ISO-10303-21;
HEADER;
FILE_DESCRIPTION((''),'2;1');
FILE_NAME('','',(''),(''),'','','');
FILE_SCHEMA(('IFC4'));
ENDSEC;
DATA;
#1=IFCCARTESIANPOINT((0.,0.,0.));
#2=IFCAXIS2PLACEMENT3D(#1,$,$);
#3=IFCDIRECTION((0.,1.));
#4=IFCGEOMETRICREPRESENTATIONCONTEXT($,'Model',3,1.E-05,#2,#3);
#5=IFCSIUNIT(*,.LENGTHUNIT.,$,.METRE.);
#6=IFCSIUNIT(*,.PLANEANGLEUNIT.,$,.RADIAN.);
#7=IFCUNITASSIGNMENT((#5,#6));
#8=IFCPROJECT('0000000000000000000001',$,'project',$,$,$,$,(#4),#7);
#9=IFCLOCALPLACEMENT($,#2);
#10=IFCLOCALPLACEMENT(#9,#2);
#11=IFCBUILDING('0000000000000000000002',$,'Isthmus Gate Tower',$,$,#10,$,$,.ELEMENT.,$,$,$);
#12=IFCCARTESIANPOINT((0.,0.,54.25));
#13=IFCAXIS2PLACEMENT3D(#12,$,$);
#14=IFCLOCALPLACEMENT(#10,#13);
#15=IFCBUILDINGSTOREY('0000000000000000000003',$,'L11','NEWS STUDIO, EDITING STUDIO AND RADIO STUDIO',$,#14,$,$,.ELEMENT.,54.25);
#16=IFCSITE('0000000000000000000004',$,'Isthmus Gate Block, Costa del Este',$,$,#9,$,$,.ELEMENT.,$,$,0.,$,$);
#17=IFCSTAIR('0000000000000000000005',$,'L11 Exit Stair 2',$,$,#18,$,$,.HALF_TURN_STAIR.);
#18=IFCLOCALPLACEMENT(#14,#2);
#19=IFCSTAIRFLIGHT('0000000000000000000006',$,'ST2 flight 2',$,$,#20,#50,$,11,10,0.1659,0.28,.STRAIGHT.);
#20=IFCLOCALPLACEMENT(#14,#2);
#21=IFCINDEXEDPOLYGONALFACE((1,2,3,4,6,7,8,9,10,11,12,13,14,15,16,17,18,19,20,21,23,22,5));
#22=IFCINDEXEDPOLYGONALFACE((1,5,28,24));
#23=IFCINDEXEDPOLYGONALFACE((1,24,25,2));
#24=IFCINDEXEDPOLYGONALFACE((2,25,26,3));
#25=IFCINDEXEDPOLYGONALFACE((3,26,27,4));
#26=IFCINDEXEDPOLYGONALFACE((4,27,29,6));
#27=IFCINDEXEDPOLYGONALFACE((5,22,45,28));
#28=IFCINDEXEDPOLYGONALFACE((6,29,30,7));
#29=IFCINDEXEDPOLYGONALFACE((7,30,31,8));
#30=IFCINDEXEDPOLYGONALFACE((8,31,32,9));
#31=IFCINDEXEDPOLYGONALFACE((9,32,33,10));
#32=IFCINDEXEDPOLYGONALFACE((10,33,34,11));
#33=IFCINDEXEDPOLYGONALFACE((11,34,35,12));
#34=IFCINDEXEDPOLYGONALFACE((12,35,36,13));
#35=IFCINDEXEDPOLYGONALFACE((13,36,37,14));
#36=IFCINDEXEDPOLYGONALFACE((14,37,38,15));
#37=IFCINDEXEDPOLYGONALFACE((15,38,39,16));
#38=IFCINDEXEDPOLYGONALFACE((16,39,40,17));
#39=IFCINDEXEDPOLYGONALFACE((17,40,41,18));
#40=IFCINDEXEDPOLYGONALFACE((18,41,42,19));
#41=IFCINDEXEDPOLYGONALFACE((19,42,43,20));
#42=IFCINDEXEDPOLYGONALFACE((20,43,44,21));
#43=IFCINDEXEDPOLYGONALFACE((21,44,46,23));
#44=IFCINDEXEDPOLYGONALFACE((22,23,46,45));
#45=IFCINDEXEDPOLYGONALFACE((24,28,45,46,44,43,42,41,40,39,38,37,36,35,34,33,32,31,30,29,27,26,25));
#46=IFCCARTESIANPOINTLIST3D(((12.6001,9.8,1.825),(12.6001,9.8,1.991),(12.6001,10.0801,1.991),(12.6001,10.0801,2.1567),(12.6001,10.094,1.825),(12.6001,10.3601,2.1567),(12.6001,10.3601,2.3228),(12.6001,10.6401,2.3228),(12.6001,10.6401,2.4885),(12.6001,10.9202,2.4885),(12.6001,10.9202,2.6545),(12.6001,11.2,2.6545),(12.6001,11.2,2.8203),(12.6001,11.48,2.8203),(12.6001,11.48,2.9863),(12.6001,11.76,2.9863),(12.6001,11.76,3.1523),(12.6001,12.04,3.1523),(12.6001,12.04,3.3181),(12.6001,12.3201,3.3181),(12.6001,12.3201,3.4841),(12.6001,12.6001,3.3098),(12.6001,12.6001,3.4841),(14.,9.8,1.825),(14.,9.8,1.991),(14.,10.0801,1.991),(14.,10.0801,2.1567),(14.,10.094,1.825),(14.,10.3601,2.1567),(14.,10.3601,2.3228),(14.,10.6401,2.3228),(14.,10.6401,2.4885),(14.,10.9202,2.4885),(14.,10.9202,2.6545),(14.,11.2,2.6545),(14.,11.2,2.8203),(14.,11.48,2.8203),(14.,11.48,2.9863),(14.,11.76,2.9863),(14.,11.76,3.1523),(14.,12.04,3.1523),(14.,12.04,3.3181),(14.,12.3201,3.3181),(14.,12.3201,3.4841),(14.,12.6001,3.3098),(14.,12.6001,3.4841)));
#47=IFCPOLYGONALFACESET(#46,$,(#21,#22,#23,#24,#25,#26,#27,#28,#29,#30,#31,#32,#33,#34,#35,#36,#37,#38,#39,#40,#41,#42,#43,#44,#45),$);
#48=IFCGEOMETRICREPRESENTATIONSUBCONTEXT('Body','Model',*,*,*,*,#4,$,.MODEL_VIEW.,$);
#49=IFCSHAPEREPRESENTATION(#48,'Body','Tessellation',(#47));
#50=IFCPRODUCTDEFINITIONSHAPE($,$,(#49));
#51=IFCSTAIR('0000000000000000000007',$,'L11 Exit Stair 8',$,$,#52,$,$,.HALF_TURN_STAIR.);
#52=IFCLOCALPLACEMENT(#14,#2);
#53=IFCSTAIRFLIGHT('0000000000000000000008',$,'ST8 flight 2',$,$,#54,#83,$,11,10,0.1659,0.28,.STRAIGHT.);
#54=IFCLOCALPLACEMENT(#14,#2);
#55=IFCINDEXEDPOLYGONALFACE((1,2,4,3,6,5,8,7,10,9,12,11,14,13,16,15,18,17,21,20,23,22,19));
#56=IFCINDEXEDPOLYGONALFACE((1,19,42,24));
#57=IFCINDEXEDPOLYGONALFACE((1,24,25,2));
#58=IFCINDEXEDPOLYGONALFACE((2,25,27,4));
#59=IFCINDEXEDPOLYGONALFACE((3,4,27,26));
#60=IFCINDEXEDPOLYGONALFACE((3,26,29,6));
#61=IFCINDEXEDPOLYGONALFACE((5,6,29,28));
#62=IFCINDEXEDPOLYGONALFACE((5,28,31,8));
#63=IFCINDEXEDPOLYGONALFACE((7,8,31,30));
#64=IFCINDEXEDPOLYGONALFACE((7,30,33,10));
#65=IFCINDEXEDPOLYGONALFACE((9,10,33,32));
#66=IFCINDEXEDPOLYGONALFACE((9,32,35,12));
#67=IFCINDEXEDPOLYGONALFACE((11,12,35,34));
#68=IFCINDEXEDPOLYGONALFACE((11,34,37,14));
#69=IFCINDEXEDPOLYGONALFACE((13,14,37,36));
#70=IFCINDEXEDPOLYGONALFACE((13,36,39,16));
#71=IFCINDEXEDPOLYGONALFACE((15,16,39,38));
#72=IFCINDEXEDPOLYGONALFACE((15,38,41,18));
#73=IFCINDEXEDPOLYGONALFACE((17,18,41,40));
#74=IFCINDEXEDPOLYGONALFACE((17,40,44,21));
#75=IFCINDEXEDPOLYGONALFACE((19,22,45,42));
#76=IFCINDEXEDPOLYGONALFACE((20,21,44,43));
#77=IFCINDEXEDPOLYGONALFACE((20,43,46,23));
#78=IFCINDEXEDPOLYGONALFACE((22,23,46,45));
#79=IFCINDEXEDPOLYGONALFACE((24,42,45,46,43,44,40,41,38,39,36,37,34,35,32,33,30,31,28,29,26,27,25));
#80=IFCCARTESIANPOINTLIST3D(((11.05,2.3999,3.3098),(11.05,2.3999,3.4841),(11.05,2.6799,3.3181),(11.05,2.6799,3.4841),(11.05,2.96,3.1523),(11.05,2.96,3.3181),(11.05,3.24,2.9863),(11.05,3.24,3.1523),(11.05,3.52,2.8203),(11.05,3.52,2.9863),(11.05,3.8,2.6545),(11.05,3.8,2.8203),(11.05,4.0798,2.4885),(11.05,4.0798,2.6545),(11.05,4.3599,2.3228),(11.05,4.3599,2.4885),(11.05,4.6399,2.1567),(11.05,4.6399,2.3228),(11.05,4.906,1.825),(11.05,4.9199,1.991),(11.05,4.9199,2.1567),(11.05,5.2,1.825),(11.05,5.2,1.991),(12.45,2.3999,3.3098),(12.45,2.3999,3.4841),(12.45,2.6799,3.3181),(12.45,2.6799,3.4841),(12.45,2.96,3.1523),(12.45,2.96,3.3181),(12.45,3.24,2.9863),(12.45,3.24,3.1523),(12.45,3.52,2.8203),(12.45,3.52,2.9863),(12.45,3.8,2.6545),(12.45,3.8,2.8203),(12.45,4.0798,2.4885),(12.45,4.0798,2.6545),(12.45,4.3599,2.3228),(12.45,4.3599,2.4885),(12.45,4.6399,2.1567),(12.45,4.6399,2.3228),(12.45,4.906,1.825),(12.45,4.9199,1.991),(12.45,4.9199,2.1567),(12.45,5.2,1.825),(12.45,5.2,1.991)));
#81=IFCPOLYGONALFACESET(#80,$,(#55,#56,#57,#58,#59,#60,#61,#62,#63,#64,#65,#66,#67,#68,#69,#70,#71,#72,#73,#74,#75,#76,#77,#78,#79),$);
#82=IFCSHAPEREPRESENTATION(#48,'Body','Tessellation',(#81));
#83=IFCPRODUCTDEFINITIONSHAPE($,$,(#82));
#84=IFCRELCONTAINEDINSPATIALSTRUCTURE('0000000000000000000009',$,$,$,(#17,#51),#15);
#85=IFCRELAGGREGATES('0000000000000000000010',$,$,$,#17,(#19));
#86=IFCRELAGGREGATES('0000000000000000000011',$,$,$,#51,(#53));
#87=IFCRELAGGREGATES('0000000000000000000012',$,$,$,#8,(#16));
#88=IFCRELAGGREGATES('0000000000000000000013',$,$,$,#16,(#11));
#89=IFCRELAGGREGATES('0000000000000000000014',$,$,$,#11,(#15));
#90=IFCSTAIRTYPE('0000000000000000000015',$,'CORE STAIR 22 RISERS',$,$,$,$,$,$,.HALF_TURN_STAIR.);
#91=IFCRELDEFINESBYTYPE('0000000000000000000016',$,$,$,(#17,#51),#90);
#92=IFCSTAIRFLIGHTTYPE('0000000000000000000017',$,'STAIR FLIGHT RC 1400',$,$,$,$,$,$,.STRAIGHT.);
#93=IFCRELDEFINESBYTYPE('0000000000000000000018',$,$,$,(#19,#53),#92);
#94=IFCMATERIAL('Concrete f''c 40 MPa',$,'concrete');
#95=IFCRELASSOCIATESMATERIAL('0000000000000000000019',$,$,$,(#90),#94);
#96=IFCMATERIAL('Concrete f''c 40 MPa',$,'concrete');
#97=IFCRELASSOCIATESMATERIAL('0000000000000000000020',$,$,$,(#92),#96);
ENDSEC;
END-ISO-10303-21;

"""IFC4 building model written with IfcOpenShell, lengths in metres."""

from ifc_helpers import new_model, si_unit, direction, frame, origin, place, context, subcontext, project, spatial, polyline, outline, extrude, material, type_object, element, aggregate, save


model = new_model("IFC4")

# Units and contexts
model_context = context("Model", 3, precision=1e-05, world=origin(), true_north=direction((0.0, 1.0)))
body_context = subcontext(model_context, "Body", "Model", "MODEL_VIEW")
ifc_project = project(units=[si_unit("LENGTHUNIT", "METRE"), si_unit("PLANEANGLEUNIT", "RADIAN")], contexts=[model_context])

# Site, building, storey
site_placement = place(None, origin())
site = spatial("IfcSite", under=ifc_project, at=site_placement, Name="Isthmus Gate Block, Costa del Este", CompositionType="ELEMENT", RefElevation=0.0)
building_placement = place(site_placement, origin())
building = spatial("IfcBuilding", under=site, at=building_placement, Name="Isthmus Gate Tower", CompositionType="ELEMENT")
storey_placement = place(building_placement, frame((0.0, 0.0, 54.25)))
storey = spatial("IfcBuildingStorey", under=building, at=storey_placement, Name="L11", Description="NEWS STUDIO, EDITING STUDIO AND RADIO STUDIO", CompositionType="ELEMENT", Elevation=54.25)

# Stair, stair flight
ifc_material_1 = material(Name="Concrete f'c 40 MPa", Category="concrete")
stair_type = type_object("IfcStairType", Name="CORE STAIR 22 RISERS", PredefinedType="HALF_TURN_STAIR", material=ifc_material_1)
stair_1_placement = place(storey_placement, origin())
stair_1 = element("IfcStair", 1, at=stair_1_placement, inside=storey, type_object=stair_type, Name="L11 Exit Stair 2", PredefinedType="HALF_TURN_STAIR")
ifc_material_2 = material(Name="Concrete f'c 40 MPa", Category="concrete")
stair_flight_type = type_object("IfcStairFlightType", Name="STAIR FLIGHT RC 1400", PredefinedType="STRAIGHT", material=ifc_material_2)
stair_flight_1_placement = place(storey_placement, frame((13.3, 9.8, 1.825), z_axis=(0.0, 0.0, 1.0), x_axis=(0.0, 1.0, 0.0)))
stair_flight_1 = element("IfcStairFlight", 2, at=stair_flight_1_placement, type_object=stair_flight_type, Name="ST2 flight 2", NumberOfRisers=11, NumberOfTreads=10, PredefinedType="STRAIGHT", RiserHeight=0.1659, TreadLength=0.28, context=body_context, shape_type="SweptSolid", body=[
    extrude(outline(polyline([(0.0, 0.0), (0.0, 0.166), (0.28, 0.166), (0.28, 0.3318), (0.5601, 0.3318), (0.5601, 0.4978), (0.8401, 0.4978), (0.8401, 0.6636), (1.1201, 0.6636), (1.1201, 0.8296), (1.3999, 0.8296), (1.3999, 0.9954), (1.6799, 0.9954), (1.6799, 1.1614), (1.96, 1.1614), (1.96, 1.3274), (2.24, 1.3274), (2.24, 1.4932), (2.52, 1.4932), (2.52, 1.6592), (2.8, 1.6592), (2.8, 1.825), (2.8, 1.4849), (0.2939, 0.0), (0.0, 0.0)])), frame((0.0, 0.7, 0.0), z_axis=(0.0, -1.0, 0.0), x_axis=(1.0, 0.0, 0.0)), (0.0, 0.0, 1.0), 1.3999),
])
aggregate(stair_1, [stair_flight_1])

# Stair, stair flight
stair_2_placement = place(storey_placement, origin())
stair_2 = element("IfcStair", 3, at=stair_2_placement, inside=storey, type_object=stair_type, Name="L11 Exit Stair 8", PredefinedType="HALF_TURN_STAIR")
stair_flight_2_placement = place(storey_placement, frame((11.75, 5.2, 1.825), z_axis=(0.0, 0.0, 1.0), x_axis=(0.0, -1.0, 0.0)))
stair_flight_2 = element("IfcStairFlight", 4, at=stair_flight_2_placement, type_object=stair_flight_type, Name="ST8 flight 2", NumberOfRisers=11, NumberOfTreads=10, PredefinedType="STRAIGHT", RiserHeight=0.1659, TreadLength=0.28, context=body_context, shape_type="SweptSolid", body=[
    extrude(outline(polyline([(0.0, 0.0), (0.0, 0.166), (0.28, 0.166), (0.28, 0.3318), (0.5601, 0.3318), (0.5601, 0.4978), (0.8401, 0.4978), (0.8401, 0.6636), (1.1201, 0.6636), (1.1201, 0.8296), (1.3999, 0.8296), (1.3999, 0.9954), (1.6799, 0.9954), (1.6799, 1.1614), (1.96, 1.1614), (1.96, 1.3274), (2.24, 1.3274), (2.24, 1.4932), (2.52, 1.4932), (2.52, 1.6592), (2.8, 1.6592), (2.8, 1.825), (2.8, 1.4849), (0.2939, 0.0), (0.0, 0.0)])), frame((0.0, 0.7, 0.0), z_axis=(0.0, -1.0, 0.0), x_axis=(1.0, 0.0, 0.0)), (0.0, 0.0, 1.0), 1.3999),
])
aggregate(stair_2, [stair_flight_2])

save(model, "model.ifc")
